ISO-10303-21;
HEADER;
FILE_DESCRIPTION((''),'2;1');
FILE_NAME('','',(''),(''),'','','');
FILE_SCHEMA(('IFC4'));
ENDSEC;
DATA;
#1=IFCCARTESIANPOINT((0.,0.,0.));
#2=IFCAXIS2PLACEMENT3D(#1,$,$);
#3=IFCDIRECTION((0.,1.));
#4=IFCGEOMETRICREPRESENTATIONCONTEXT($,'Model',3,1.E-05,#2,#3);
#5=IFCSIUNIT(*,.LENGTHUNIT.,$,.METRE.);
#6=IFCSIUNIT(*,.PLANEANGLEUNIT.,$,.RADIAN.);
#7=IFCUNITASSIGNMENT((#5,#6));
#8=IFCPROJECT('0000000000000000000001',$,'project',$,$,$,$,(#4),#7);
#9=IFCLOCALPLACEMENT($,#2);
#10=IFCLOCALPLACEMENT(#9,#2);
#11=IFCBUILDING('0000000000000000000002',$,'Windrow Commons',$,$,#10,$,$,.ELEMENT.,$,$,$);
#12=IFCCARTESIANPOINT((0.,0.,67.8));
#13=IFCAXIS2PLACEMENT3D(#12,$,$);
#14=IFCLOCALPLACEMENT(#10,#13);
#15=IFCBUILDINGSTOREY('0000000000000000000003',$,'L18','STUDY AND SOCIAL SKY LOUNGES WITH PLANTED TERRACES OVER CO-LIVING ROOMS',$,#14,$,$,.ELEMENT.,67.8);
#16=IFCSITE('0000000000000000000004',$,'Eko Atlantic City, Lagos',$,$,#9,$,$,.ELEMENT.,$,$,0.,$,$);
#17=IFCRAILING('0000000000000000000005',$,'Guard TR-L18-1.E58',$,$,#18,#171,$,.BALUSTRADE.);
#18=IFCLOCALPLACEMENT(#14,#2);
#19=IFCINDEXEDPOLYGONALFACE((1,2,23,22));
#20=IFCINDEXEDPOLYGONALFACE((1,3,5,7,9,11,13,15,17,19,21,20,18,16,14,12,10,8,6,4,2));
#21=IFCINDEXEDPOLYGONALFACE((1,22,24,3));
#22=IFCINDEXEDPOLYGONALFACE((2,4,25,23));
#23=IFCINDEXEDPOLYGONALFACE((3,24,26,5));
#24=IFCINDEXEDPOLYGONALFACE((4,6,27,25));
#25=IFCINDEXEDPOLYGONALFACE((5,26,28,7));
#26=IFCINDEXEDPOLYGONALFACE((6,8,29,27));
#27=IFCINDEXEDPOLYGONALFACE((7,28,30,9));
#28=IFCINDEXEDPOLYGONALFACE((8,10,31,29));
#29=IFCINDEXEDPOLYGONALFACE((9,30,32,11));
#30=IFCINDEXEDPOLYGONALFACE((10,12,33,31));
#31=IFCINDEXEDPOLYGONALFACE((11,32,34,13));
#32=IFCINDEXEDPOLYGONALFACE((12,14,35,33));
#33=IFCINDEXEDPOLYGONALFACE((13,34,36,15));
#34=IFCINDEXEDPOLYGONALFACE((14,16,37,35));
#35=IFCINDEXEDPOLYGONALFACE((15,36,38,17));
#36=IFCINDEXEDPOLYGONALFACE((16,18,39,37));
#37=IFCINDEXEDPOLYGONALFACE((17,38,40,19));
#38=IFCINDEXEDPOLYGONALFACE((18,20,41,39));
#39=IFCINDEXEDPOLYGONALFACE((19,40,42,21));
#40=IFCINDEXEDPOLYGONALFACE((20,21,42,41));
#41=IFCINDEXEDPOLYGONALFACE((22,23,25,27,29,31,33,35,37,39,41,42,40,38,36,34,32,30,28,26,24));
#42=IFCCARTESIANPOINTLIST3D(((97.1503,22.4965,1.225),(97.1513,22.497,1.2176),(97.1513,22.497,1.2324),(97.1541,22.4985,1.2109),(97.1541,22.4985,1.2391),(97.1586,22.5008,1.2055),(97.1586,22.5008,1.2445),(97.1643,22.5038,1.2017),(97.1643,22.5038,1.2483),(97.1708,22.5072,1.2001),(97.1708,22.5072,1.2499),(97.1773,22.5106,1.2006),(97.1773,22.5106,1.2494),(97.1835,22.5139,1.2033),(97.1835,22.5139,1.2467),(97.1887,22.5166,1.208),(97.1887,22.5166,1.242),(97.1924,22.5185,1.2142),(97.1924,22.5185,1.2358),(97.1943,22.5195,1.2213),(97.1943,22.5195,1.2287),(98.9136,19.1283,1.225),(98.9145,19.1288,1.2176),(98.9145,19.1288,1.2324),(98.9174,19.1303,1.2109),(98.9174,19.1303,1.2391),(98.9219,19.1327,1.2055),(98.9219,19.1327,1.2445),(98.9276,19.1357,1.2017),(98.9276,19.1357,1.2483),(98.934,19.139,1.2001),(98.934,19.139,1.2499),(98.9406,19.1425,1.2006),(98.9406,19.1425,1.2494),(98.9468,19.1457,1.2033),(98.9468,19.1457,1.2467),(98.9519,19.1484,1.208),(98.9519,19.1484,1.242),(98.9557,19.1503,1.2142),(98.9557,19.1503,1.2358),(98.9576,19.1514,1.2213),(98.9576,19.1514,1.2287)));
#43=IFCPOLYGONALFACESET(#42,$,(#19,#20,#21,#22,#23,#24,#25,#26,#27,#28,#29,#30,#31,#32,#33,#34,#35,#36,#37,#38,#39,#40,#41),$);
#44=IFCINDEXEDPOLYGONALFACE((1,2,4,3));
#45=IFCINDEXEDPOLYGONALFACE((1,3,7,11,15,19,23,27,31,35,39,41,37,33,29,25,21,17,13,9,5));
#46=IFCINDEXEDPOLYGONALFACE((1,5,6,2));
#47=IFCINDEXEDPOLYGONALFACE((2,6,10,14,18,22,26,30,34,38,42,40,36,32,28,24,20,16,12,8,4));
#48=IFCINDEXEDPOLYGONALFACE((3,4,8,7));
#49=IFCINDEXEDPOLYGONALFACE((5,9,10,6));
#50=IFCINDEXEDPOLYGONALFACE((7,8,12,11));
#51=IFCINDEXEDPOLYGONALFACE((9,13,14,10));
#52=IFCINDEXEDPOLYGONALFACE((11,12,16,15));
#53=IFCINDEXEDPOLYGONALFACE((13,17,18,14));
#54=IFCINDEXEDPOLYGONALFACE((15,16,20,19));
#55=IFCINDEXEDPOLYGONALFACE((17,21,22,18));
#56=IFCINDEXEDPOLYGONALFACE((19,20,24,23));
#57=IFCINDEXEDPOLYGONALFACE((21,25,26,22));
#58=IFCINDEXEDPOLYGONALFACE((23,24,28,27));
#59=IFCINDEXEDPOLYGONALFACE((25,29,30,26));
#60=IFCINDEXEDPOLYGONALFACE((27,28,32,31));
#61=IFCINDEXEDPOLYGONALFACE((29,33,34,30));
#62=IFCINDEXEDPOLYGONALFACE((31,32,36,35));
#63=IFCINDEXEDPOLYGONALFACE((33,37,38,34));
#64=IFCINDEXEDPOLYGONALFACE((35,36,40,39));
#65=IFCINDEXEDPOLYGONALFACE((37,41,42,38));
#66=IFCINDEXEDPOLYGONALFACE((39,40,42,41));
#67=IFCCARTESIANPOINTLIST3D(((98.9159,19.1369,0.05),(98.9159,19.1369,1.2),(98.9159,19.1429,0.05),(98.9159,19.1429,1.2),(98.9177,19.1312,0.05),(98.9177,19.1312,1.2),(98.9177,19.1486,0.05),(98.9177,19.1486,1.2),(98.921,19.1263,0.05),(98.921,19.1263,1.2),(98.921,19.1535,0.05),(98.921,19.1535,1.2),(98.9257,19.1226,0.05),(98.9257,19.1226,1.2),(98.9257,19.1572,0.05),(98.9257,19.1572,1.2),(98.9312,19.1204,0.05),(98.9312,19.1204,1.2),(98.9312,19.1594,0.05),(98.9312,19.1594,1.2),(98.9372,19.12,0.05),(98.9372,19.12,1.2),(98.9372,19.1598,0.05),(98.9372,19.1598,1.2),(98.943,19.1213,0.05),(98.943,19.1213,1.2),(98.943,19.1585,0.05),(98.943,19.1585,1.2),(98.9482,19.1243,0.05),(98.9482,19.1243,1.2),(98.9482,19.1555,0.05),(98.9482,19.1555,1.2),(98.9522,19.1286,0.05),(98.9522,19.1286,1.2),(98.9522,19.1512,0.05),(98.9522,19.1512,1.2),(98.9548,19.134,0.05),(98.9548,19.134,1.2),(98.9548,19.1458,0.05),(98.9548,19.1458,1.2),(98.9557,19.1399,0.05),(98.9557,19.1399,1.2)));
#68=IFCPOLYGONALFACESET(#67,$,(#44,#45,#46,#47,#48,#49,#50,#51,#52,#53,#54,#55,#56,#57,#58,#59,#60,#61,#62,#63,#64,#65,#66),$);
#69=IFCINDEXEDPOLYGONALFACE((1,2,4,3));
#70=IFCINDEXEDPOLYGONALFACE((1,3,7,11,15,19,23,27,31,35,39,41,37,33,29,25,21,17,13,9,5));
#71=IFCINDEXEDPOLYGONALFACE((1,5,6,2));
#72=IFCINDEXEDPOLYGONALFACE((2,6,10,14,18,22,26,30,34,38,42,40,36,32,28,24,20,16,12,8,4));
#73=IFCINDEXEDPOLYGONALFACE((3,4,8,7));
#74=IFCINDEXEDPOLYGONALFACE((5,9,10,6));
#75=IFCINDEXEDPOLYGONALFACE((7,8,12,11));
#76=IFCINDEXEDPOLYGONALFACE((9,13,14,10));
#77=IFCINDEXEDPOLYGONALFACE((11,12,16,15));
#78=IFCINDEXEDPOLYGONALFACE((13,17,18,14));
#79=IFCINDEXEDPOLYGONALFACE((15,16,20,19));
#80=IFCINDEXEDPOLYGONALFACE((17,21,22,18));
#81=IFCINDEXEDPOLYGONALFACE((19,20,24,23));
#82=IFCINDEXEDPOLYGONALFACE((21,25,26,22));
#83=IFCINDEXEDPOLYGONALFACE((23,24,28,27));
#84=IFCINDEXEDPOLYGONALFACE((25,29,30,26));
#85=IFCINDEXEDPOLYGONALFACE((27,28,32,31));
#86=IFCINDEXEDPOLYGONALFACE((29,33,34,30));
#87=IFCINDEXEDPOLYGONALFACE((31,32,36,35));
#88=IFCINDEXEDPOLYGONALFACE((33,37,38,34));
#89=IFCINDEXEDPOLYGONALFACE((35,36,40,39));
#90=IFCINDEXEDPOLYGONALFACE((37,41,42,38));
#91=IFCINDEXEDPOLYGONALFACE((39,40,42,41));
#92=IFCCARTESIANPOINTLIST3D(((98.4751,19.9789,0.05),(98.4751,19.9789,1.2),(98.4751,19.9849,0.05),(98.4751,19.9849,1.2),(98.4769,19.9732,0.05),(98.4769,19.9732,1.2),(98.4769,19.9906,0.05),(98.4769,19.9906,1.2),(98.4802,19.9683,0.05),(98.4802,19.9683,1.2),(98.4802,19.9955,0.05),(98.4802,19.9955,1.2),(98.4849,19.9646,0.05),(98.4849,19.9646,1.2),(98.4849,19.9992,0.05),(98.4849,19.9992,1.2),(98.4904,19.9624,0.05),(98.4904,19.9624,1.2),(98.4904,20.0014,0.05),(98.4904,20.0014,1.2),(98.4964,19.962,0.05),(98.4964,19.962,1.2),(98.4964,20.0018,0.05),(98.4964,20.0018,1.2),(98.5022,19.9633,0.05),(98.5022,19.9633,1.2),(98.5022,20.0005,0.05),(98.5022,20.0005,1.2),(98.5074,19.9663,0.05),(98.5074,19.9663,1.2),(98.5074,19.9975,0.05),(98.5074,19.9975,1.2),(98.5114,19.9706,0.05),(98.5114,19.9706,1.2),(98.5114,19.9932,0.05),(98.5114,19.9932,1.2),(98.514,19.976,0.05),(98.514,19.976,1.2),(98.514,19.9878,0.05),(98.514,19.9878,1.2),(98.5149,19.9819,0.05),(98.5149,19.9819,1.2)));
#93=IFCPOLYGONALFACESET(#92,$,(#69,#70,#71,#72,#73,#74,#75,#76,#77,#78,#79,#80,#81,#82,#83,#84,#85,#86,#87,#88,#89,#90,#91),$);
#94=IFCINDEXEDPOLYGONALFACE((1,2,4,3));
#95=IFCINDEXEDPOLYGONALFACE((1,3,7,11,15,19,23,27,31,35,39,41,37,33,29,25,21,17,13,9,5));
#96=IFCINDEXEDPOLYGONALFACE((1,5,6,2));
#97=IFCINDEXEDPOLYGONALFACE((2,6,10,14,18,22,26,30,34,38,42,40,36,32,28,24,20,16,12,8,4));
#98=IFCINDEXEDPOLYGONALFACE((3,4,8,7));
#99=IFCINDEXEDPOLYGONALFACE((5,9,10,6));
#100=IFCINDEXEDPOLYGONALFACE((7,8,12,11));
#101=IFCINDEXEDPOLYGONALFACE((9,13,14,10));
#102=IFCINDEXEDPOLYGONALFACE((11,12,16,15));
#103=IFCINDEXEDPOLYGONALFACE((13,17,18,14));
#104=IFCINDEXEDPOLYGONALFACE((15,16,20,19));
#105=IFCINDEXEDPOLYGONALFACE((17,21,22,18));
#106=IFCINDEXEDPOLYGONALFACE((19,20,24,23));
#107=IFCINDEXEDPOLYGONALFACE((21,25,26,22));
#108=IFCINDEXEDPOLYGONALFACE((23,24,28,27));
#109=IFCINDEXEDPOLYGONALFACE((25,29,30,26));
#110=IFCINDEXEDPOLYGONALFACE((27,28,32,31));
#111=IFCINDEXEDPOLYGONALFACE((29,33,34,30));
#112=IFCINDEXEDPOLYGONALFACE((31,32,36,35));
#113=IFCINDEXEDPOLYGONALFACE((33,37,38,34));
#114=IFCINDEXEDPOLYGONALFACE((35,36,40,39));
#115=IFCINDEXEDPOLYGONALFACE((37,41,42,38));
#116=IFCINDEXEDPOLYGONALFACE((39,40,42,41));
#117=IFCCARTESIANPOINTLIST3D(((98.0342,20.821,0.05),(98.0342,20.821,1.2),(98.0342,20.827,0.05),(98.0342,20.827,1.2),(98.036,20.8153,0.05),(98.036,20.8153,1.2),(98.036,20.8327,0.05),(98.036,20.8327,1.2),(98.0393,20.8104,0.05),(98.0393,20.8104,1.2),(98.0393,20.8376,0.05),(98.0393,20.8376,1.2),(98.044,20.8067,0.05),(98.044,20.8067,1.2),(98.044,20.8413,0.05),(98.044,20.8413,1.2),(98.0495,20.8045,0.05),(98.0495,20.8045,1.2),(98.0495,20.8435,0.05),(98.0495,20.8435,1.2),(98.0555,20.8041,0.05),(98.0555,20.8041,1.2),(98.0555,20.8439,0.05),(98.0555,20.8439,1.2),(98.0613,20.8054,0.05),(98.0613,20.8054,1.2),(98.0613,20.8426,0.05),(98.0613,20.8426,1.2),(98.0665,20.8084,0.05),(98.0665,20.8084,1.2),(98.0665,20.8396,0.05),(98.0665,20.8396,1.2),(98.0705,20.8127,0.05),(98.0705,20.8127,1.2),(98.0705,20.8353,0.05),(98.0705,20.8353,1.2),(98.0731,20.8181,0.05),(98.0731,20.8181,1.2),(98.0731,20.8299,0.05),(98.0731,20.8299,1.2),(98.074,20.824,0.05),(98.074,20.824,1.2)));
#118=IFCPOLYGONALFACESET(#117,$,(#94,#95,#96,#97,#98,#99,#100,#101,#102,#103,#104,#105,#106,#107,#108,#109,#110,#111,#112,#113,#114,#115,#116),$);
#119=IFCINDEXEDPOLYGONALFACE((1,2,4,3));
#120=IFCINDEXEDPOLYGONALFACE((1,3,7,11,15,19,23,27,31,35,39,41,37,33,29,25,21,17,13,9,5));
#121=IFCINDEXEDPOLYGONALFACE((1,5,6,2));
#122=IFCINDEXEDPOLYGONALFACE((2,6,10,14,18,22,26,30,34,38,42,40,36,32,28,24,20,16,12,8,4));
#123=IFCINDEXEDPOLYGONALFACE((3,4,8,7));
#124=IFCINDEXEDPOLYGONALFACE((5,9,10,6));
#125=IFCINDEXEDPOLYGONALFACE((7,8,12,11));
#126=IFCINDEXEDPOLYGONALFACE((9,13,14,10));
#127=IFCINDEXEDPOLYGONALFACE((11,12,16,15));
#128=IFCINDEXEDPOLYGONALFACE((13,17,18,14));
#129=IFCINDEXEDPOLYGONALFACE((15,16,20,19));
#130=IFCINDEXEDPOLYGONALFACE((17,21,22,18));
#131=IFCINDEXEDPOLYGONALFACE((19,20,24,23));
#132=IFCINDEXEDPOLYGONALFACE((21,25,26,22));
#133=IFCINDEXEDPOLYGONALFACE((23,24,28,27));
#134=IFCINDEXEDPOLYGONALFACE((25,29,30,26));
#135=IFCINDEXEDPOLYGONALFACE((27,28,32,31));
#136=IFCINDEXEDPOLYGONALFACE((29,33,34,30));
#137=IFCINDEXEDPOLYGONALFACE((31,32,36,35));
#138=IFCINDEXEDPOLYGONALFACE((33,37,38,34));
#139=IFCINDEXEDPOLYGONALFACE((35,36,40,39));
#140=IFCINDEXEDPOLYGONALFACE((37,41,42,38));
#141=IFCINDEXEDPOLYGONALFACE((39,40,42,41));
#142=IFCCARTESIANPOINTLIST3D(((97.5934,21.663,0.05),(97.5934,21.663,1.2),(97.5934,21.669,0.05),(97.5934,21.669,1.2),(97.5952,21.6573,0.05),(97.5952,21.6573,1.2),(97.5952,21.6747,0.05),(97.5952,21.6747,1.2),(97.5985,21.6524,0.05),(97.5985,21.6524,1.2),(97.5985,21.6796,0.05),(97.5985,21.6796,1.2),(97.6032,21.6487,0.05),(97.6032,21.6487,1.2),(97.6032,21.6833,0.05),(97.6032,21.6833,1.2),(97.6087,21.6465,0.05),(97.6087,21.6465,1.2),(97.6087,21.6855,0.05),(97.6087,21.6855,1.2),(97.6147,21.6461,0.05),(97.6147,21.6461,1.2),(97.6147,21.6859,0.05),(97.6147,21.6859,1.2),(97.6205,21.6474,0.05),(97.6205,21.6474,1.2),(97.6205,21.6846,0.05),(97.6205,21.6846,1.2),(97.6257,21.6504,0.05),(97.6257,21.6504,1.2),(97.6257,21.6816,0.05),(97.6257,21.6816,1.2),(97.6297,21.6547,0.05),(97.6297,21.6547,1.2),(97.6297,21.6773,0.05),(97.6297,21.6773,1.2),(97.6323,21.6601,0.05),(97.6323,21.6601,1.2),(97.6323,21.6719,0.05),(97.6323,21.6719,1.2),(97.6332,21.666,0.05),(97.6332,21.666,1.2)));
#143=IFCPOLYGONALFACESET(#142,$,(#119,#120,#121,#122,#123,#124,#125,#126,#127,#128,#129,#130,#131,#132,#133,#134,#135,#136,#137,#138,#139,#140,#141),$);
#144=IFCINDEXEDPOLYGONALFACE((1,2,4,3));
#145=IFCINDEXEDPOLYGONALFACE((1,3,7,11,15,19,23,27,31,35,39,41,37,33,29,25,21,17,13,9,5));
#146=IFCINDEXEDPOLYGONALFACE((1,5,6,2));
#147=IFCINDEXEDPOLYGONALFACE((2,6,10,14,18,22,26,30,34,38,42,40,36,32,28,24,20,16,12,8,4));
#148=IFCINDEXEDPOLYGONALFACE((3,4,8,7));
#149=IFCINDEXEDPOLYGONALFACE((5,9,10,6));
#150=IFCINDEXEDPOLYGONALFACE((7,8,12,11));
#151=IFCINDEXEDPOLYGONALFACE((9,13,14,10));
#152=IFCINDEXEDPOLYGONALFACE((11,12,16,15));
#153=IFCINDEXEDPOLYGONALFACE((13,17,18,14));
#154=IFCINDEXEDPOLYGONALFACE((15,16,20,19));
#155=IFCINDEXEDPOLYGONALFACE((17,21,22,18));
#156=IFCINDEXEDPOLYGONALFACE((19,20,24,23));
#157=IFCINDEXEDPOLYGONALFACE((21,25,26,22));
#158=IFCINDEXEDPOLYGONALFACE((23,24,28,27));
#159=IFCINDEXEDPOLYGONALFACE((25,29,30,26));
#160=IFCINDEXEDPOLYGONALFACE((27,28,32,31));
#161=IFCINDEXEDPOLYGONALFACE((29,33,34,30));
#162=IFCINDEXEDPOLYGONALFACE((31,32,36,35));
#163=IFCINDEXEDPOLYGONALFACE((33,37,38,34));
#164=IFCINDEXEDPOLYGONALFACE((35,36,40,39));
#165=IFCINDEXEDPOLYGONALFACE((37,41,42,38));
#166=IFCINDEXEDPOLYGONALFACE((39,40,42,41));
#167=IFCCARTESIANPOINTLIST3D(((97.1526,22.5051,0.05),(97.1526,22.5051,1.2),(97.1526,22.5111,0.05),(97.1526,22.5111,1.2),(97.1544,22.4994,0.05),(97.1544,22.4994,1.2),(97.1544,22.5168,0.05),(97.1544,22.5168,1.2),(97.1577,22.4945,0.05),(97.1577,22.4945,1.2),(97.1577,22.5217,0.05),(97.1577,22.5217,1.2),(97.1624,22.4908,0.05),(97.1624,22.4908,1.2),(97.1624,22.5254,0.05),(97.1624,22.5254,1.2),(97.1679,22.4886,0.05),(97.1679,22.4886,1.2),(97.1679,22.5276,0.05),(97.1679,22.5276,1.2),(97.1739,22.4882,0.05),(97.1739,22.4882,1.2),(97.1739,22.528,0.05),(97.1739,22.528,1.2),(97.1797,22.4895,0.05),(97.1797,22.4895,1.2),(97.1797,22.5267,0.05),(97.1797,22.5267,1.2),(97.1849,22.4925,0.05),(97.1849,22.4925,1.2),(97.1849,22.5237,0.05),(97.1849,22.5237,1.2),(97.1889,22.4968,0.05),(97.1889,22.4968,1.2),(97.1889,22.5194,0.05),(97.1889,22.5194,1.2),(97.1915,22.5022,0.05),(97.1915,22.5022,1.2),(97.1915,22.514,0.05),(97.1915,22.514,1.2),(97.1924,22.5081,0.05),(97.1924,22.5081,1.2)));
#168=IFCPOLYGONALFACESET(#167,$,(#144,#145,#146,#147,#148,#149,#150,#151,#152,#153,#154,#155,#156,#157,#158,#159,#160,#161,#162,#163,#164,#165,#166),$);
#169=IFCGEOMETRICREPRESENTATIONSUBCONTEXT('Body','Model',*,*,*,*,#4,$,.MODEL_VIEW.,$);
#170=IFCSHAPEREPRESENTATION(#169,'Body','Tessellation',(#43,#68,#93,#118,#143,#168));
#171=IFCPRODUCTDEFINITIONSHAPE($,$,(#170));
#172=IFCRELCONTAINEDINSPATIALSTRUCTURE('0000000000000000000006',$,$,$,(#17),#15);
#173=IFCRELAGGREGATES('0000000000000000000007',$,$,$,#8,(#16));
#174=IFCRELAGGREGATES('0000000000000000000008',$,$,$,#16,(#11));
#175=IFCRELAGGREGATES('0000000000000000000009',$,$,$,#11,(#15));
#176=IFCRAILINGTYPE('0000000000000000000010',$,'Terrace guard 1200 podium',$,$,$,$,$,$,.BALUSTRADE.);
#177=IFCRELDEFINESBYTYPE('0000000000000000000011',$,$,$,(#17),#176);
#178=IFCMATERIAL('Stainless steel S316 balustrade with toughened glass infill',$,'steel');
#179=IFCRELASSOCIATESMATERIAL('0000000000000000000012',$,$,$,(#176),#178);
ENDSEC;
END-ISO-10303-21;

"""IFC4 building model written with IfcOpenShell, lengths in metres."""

from ifc_helpers import new_model, si_unit, direction, frame, origin, origin_2d, place, context, subcontext, project, spatial, circle, extrude, material, type_object, element, save


model = new_model("IFC4")

# Units and contexts
model_context = context("Model", 3, precision=1e-05, world=origin(), true_north=direction((0.0, 1.0)))
body_context = subcontext(model_context, "Body", "Model", "MODEL_VIEW")
ifc_project = project(units=[si_unit("LENGTHUNIT", "METRE"), si_unit("PLANEANGLEUNIT", "RADIAN")], contexts=[model_context])

# Site, building, storey
site_placement = place(None, origin())
site = spatial("IfcSite", under=ifc_project, at=site_placement, Name="Eko Atlantic City, Lagos", CompositionType="ELEMENT", RefElevation=0.0)
building_placement = place(site_placement, origin())
building = spatial("IfcBuilding", under=site, at=building_placement, Name="Windrow Commons", CompositionType="ELEMENT")
storey_placement = place(building_placement, frame((0.0, 0.0, 67.8)))
storey = spatial("IfcBuildingStorey", under=building, at=storey_placement, Name="L18", Description="STUDY AND SOCIAL SKY LOUNGES WITH PLANTED TERRACES OVER CO-LIVING ROOMS", CompositionType="ELEMENT", Elevation=67.8)

# Railing
ifc_material_1 = material(Name="Stainless steel S316 balustrade with toughened glass infill", Category="steel")
railing_type = type_object("IfcRailingType", Name="Terrace guard 1200 podium", PredefinedType="BALUSTRADE", material=ifc_material_1)
railing_1_placement = place(storey_placement, frame((98.9357, 19.1399, 0.05)))
element("IfcRailing", 1, at=railing_1_placement, inside=storey, type_object=railing_type, Name="Guard TR-L18-1.E58", PredefinedType="BALUSTRADE", context=body_context, shape_type="SweptSolid", body=[
    extrude(circle(Radius=0.025, at=origin_2d()), frame((0.0, 0.0, 1.175), z_axis=(-0.463802, 0.885939, 0.0), x_axis=(-0.885939, -0.463802, 0.0)), (0.0, 0.0, 1.0), 3.8018),
    extrude(circle(Radius=0.02, at=origin_2d()), origin(), (0.0, 0.0, 1.0), 1.15),
    extrude(circle(Radius=0.02, at=origin_2d()), frame((-0.4408, 0.842, 0.0)), (0.0, 0.0, 1.0), 1.15),
    extrude(circle(Radius=0.02, at=origin_2d()), frame((-0.8817, 1.6841, 0.0)), (0.0, 0.0, 1.0), 1.15),
    extrude(circle(Radius=0.02, at=origin_2d()), frame((-1.3225, 2.5261, 0.0)), (0.0, 0.0, 1.0), 1.15),
    extrude(circle(Radius=0.02, at=origin_2d()), frame((-1.7633, 3.3682, 0.0)), (0.0, 0.0, 1.0), 1.15),
])

save(model, "model.ifc")
